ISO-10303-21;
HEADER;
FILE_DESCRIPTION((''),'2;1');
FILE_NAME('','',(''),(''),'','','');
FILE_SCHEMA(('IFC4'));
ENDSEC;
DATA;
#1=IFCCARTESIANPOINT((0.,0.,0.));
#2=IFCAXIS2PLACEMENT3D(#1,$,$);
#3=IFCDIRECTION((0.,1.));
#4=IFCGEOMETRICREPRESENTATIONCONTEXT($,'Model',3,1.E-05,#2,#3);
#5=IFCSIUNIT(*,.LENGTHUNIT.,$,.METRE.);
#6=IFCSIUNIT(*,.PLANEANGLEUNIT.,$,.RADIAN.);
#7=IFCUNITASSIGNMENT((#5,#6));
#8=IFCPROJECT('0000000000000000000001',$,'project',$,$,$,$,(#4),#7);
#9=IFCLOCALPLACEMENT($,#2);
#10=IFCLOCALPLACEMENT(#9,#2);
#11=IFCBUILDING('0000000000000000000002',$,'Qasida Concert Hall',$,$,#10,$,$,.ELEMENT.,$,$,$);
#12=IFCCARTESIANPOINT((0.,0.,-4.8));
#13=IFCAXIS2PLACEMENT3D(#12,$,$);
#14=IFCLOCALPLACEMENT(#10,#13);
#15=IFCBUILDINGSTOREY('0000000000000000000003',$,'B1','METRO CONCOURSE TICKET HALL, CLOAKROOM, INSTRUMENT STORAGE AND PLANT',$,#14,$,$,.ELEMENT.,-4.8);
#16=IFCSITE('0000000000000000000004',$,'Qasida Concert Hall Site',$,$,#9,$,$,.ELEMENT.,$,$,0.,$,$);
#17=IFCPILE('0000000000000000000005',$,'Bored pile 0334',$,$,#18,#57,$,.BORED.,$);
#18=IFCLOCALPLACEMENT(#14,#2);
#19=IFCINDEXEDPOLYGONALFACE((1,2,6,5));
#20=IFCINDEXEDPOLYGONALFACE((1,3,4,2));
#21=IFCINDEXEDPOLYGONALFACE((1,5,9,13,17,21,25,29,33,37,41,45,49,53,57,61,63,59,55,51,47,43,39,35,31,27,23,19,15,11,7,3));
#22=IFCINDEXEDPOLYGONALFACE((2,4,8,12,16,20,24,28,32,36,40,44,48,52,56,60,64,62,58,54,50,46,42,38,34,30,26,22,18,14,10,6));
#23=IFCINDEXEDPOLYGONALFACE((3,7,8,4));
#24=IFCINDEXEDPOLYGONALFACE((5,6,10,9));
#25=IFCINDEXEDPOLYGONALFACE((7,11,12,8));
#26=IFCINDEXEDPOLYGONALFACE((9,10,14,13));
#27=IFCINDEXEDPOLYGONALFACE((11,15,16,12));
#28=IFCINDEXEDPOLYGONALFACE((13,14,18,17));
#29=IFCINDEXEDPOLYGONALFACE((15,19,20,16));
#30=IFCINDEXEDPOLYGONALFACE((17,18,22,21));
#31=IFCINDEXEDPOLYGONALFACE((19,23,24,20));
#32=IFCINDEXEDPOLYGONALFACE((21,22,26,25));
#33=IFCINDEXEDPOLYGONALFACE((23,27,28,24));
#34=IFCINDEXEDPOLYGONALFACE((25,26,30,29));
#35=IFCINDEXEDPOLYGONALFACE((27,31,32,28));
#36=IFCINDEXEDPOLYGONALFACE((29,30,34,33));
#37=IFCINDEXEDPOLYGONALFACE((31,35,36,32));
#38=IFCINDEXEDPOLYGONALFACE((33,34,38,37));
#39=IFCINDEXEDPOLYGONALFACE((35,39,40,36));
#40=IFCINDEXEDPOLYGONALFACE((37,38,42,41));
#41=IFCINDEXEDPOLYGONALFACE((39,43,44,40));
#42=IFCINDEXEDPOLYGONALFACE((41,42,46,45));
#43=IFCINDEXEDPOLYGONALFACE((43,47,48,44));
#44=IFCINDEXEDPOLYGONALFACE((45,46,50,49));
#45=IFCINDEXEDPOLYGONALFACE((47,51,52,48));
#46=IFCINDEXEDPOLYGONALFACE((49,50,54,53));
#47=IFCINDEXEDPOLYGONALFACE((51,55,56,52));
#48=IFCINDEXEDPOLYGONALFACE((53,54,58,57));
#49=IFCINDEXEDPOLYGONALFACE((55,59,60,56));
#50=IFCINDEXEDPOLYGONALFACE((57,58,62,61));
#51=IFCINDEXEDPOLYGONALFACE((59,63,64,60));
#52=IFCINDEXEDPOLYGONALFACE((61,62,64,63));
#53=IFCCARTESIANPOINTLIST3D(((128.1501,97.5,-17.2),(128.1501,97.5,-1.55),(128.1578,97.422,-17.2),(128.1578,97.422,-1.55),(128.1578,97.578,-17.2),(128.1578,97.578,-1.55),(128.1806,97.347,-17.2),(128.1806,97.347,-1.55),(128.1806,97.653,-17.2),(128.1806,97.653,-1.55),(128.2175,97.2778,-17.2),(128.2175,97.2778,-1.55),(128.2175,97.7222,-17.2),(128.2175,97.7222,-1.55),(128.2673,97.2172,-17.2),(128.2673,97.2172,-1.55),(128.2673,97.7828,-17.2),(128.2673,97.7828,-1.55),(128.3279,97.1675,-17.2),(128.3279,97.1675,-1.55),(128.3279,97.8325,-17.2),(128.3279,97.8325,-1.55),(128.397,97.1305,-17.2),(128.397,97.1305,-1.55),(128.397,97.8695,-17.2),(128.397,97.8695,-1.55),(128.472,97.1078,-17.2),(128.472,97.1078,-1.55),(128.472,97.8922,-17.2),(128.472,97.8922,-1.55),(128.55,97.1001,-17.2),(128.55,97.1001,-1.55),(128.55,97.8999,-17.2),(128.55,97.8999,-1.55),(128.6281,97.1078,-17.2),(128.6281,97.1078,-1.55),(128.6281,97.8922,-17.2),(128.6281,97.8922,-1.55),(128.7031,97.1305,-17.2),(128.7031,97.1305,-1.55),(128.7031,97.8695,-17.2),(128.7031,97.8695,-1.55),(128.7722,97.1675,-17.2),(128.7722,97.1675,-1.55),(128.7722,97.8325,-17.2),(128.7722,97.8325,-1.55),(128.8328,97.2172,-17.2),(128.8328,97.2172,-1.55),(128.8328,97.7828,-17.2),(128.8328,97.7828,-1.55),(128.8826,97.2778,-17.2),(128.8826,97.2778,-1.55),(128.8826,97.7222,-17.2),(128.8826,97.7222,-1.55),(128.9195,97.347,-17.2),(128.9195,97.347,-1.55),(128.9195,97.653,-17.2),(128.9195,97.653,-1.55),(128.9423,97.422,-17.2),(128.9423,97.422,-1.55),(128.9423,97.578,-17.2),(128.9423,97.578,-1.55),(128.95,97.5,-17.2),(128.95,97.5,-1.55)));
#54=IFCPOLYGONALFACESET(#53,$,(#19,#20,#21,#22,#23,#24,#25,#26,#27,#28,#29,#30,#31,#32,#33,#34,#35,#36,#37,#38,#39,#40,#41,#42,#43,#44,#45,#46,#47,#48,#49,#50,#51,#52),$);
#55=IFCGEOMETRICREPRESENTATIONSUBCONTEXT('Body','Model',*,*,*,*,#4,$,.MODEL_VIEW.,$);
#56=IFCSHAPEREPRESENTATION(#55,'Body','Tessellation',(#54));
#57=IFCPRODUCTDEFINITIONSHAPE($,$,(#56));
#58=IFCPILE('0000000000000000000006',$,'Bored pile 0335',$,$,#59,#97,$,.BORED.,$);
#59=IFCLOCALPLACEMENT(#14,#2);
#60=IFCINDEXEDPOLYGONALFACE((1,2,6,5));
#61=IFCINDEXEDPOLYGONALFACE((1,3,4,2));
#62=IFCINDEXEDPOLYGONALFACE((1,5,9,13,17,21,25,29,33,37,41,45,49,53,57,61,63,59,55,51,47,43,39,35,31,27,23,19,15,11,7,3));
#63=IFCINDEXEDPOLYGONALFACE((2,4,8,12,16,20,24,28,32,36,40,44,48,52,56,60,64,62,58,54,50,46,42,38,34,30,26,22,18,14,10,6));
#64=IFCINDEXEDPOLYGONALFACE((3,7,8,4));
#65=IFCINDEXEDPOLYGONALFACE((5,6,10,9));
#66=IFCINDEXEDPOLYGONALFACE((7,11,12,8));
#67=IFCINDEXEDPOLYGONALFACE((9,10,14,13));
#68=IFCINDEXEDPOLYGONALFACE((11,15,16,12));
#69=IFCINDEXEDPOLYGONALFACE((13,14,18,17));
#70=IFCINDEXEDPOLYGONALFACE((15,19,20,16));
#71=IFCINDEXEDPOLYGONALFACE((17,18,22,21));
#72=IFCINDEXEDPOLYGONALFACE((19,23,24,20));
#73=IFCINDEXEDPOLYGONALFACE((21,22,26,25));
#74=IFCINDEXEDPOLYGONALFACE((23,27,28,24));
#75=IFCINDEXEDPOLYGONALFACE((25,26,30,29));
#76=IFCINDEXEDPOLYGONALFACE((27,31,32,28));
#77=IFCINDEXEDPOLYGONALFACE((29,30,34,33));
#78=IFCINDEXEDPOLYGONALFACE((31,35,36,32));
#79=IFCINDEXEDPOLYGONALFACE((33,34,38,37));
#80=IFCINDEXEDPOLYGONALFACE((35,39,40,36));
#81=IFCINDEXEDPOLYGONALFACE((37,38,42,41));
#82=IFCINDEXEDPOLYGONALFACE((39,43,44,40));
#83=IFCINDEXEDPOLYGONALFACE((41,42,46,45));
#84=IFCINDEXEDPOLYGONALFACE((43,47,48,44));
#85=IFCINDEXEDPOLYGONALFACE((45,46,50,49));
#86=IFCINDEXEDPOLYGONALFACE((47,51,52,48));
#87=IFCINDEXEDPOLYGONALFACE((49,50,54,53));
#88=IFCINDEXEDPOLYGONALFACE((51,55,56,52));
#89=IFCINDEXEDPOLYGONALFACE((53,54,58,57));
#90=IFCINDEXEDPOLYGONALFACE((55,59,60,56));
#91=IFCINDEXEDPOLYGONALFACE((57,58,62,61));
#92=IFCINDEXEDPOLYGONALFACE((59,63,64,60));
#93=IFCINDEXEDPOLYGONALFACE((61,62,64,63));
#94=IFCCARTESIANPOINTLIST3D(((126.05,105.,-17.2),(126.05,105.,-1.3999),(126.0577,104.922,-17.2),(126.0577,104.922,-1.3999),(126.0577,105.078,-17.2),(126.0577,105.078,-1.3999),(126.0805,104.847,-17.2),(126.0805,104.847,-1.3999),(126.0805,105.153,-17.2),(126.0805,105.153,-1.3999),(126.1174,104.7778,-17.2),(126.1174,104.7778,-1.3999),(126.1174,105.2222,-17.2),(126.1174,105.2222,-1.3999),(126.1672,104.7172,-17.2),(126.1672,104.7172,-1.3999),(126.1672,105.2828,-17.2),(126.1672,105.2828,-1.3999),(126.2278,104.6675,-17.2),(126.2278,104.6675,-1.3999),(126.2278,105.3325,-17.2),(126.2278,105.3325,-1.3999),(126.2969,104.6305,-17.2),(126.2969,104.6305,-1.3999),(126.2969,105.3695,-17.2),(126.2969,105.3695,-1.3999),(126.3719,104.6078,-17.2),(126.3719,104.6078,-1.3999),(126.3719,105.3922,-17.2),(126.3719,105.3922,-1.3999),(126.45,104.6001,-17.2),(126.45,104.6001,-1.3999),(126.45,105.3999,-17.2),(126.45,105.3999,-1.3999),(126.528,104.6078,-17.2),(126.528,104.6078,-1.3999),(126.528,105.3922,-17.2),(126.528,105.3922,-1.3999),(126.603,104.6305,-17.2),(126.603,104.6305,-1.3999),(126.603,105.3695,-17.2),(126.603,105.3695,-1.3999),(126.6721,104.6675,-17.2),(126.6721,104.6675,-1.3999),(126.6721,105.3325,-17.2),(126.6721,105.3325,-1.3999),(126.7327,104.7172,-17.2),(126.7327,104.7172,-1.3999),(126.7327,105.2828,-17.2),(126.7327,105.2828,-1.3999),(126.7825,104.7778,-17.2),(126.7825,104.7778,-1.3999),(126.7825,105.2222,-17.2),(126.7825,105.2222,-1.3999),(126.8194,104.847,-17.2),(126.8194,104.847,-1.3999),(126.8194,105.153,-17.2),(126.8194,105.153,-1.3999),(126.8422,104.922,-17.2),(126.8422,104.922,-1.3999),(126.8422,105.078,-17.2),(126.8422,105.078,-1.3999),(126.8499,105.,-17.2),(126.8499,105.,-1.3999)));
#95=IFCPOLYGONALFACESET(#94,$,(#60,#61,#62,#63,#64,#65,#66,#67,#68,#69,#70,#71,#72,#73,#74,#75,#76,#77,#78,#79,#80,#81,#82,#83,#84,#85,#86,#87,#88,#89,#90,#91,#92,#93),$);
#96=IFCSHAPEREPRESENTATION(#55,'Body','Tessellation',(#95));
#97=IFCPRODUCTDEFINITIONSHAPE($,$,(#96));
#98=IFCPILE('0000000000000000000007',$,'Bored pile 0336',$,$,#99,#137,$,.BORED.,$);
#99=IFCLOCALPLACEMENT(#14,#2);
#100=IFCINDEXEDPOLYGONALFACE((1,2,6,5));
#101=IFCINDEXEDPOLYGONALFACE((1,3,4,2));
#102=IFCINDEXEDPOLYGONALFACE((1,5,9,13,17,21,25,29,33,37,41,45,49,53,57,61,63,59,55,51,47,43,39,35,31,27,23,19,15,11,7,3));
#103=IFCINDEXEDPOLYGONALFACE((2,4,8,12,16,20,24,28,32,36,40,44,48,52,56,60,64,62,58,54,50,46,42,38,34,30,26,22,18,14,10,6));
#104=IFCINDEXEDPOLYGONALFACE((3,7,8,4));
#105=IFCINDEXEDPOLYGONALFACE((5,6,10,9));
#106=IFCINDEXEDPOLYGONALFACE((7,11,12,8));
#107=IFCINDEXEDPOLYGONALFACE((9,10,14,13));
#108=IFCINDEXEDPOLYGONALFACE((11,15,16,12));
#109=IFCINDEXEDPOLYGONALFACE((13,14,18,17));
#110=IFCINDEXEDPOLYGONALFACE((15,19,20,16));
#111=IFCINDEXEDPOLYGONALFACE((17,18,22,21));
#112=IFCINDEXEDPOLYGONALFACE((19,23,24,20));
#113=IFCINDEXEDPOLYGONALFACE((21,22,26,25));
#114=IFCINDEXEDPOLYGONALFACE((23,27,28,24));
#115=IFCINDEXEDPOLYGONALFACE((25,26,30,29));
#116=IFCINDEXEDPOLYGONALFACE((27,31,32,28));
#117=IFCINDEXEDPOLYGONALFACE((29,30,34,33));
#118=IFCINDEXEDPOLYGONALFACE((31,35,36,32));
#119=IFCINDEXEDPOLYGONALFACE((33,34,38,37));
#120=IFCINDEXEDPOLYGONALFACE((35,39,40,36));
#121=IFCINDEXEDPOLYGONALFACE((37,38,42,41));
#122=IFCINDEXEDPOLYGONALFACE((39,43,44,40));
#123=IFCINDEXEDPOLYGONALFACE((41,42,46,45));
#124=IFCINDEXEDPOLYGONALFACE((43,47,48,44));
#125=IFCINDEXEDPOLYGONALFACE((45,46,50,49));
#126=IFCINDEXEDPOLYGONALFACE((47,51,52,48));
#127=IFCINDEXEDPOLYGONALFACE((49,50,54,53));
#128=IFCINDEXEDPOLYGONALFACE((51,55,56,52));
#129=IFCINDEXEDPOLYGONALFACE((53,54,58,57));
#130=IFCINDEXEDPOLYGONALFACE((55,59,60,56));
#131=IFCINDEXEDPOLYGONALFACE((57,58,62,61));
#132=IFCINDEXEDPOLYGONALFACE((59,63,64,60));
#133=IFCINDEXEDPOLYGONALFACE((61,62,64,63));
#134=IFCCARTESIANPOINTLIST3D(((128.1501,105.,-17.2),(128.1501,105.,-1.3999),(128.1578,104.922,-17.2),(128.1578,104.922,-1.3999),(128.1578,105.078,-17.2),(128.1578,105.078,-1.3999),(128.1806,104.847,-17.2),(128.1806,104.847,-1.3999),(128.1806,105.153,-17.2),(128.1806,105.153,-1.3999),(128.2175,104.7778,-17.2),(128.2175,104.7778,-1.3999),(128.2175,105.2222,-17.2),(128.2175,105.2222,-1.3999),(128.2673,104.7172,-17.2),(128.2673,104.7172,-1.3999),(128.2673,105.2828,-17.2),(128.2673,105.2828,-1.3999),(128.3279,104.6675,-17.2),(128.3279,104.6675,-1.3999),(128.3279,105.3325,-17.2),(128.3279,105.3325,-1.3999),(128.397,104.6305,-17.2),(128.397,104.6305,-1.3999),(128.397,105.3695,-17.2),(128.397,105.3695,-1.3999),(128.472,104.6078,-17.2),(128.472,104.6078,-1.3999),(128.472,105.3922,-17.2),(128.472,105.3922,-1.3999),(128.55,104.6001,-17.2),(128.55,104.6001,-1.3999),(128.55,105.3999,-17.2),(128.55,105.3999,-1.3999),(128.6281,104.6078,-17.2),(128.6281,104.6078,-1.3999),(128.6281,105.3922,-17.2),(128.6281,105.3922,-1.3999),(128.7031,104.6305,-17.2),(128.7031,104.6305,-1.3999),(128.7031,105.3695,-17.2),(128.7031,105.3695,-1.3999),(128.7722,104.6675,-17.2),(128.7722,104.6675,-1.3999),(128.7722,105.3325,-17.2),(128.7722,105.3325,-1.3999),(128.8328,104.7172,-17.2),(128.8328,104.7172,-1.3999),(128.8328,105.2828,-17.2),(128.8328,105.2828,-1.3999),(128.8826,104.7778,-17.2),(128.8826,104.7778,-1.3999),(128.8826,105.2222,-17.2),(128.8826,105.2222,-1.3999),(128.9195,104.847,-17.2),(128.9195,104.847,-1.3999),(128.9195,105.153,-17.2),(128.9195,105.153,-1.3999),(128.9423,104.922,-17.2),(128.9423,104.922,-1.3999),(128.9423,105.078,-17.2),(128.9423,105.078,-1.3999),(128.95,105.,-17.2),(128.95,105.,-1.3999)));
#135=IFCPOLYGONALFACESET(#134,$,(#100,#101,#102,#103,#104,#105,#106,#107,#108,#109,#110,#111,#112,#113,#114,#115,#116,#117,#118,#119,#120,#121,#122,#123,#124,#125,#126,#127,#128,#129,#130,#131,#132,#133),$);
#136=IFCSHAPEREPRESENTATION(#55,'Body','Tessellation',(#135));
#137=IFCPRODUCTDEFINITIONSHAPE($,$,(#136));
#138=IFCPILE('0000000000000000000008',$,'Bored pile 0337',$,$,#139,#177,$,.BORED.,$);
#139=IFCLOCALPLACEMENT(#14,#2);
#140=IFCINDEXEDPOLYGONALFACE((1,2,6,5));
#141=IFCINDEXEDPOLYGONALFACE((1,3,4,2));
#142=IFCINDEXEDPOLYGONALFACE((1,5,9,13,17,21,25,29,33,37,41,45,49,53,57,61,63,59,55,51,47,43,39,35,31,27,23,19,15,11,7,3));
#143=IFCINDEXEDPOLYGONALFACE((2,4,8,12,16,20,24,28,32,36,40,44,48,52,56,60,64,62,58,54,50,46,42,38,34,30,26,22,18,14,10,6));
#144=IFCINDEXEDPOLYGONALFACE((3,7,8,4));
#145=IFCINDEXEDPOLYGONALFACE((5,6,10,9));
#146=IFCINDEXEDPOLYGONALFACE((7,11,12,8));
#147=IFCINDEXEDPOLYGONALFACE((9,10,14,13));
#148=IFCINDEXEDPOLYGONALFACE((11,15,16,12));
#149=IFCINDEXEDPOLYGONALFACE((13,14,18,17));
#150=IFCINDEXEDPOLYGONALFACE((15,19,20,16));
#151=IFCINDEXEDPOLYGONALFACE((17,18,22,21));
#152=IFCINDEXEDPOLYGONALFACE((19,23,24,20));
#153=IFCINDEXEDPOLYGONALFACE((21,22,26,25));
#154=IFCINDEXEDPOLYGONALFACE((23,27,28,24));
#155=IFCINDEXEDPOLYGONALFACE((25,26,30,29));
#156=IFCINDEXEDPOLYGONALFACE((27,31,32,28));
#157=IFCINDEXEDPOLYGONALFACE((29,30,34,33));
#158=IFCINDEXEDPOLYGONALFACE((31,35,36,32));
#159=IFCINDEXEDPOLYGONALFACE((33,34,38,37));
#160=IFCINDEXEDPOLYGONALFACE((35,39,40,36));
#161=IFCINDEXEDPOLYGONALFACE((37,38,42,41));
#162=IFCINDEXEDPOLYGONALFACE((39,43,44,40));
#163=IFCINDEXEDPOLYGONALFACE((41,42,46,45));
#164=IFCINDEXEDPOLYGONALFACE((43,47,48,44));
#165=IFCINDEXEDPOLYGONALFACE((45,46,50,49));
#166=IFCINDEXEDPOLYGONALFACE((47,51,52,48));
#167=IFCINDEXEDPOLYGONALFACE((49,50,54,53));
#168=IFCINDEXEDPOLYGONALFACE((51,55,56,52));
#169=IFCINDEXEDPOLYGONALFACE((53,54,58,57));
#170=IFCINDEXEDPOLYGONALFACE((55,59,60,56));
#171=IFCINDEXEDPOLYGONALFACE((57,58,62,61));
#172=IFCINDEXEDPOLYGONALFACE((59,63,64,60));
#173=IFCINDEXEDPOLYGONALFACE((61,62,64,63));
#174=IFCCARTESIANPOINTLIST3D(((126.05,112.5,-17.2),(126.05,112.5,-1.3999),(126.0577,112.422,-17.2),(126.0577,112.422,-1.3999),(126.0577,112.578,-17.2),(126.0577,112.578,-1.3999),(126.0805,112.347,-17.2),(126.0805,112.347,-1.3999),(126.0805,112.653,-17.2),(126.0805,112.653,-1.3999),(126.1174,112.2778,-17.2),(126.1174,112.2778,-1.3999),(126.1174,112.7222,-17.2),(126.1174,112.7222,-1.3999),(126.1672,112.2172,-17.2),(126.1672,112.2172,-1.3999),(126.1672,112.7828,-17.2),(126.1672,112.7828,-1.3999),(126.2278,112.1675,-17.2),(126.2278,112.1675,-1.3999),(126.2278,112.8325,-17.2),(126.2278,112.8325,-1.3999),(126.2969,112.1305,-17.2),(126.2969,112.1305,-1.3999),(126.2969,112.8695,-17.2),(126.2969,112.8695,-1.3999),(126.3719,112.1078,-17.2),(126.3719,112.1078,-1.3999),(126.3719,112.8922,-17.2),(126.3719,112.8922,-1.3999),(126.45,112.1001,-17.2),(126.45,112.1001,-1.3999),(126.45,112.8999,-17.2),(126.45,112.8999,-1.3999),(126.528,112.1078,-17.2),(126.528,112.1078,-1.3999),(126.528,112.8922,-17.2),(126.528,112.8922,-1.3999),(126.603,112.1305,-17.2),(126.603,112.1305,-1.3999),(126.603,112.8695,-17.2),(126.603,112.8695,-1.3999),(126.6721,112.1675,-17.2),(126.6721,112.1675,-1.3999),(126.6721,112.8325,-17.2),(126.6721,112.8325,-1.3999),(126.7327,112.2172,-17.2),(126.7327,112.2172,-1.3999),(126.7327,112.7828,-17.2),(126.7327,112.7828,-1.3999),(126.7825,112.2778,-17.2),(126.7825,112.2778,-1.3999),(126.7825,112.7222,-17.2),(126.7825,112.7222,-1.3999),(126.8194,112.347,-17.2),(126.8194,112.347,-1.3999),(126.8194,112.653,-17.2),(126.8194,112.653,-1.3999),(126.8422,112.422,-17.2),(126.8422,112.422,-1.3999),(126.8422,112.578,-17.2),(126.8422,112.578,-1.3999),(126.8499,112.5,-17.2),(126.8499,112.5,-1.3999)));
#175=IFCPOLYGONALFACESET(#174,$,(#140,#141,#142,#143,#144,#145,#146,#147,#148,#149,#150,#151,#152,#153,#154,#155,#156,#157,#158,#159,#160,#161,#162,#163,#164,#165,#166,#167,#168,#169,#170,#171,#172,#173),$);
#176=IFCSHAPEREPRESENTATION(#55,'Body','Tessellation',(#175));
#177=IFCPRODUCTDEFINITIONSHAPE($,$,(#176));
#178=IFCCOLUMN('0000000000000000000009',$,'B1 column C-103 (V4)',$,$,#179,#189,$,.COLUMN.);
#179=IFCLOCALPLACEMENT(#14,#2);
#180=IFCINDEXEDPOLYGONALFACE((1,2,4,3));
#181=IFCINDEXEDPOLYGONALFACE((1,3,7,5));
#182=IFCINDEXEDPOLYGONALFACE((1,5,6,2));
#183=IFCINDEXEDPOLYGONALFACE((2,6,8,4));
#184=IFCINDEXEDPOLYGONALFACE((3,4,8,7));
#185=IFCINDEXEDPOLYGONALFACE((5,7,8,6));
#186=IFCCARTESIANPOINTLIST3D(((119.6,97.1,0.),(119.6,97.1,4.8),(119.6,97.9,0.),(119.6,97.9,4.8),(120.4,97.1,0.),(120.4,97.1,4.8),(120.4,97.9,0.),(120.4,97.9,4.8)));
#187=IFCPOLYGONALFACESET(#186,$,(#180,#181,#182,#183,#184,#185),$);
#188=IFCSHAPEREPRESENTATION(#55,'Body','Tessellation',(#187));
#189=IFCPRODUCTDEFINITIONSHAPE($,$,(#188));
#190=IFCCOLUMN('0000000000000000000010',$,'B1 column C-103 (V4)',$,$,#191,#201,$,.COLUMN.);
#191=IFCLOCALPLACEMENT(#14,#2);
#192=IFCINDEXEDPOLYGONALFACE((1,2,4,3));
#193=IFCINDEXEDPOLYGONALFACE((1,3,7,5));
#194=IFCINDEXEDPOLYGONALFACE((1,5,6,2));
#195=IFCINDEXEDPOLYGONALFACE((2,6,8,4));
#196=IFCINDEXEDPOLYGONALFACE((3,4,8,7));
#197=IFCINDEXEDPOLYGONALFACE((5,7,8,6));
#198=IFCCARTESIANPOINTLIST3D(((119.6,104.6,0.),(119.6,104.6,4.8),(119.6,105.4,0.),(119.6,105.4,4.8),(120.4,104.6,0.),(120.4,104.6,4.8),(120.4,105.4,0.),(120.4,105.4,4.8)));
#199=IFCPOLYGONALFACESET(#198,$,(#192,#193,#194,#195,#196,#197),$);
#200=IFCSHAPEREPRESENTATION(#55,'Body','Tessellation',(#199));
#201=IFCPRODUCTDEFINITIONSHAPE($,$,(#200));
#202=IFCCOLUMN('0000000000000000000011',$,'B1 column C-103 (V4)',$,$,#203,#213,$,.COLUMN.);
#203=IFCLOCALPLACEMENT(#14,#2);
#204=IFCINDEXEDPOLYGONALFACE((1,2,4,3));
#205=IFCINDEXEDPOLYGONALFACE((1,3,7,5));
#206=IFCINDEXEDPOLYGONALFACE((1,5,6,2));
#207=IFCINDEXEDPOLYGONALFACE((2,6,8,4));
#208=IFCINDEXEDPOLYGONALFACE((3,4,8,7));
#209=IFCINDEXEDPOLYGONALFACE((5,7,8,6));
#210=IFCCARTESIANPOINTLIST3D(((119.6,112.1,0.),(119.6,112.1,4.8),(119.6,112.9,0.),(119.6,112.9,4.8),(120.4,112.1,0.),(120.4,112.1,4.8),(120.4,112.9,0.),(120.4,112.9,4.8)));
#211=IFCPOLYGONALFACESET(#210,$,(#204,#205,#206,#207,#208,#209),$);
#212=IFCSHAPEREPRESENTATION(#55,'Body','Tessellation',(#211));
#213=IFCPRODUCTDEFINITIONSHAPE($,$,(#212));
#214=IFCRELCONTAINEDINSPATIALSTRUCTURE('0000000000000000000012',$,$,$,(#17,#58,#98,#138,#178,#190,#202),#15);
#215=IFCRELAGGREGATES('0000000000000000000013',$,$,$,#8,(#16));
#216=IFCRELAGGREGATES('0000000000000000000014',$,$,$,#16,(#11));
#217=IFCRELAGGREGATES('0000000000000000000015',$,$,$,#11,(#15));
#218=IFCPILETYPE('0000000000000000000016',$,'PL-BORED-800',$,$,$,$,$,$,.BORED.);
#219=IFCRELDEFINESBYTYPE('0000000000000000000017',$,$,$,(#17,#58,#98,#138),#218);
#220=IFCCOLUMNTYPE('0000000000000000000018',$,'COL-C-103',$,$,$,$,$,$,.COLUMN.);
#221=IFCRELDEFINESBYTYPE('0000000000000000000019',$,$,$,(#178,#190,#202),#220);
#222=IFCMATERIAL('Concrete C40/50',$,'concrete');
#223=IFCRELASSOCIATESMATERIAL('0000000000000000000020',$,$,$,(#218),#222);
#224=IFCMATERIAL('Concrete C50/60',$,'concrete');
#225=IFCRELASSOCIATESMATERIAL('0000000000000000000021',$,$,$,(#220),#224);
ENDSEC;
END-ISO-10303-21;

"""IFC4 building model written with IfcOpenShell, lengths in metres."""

from ifc_helpers import new_model, si_unit, direction, frame, origin, origin_2d, place, context, subcontext, project, spatial, rectangle, circle, extrude, material, material_profile, profile_set, type_object, element, save


model = new_model("IFC4")

# Units and contexts
model_context = context("Model", 3, precision=1e-05, world=origin(), true_north=direction((0.0, 1.0)))
body_context = subcontext(model_context, "Body", "Model", "MODEL_VIEW")
ifc_project = project(units=[si_unit("LENGTHUNIT", "METRE"), si_unit("PLANEANGLEUNIT", "RADIAN")], contexts=[model_context])

# Site, building, storey
site_placement = place(None, origin())
site = spatial("IfcSite", under=ifc_project, at=site_placement, Name="Qasida Concert Hall Site", CompositionType="ELEMENT", RefElevation=0.0)
building_placement = place(site_placement, origin())
building = spatial("IfcBuilding", under=site, at=building_placement, Name="Qasida Concert Hall", CompositionType="ELEMENT")
storey_placement = place(building_placement, frame((0.0, 0.0, -4.8)))
storey = spatial("IfcBuildingStorey", under=building, at=storey_placement, Name="B1", Description="METRO CONCOURSE TICKET HALL, CLOAKROOM, INSTRUMENT STORAGE AND PLANT", CompositionType="ELEMENT", Elevation=-4.8)

# Shared definitions
ifc_material_1 = material(Name="Concrete C40/50", Category="concrete")

# Piles
ifc_material_profile_1 = material_profile(ifc_material_1, circle(Radius=0.3999, at=origin_2d()), Name="BORED PILE D800")
ifc_profile_set_1 = profile_set([ifc_material_profile_1], Name="Concrete C40/50")
pile_type = type_object("IfcPileType", Name="PL-BORED-800", PredefinedType="BORED", material=ifc_profile_set_1)
for number, where, z_axis, x_axis, name in (
    (1, (128.55, 97.5, -1.55), (0.0, 0.0, -1.0), (1.0, 0.0, 0.0), "Bored pile 0334"),
):
    element("IfcPile", number, at=place(storey_placement, frame(where, z_axis=z_axis, x_axis=x_axis)), inside=storey, type_object=pile_type, Name=name, PredefinedType="BORED", context=body_context, shape_type="SweptSolid", body=[
        extrude(circle(Radius=0.3999, at=origin_2d()), origin(), (0.0, 0.0, 1.0), 15.6499),
    ])
for number, where, z_axis, x_axis, name in (
    (2, (126.45, 105.0, -1.3999), (0.0, 0.0, -1.0), (1.0, 0.0, 0.0), "Bored pile 0335"),
    (3, (128.55, 105.0, -1.3999), (0.0, 0.0, -1.0), (1.0, 0.0, 0.0), "Bored pile 0336"),
    (4, (126.45, 112.5, -1.3999), (0.0, 0.0, -1.0), (1.0, 0.0, 0.0), "Bored pile 0337"),
):
    element("IfcPile", number, at=place(storey_placement, frame(where, z_axis=z_axis, x_axis=x_axis)), inside=storey, type_object=pile_type, Name=name, PredefinedType="BORED", context=body_context, shape_type="SweptSolid", body=[
        extrude(circle(Radius=0.3999, at=origin_2d()), origin(), (0.0, 0.0, 1.0), 15.8),
    ])

# Columns
ifc_material_2 = material(Name="Concrete C50/60", Category="concrete")
ifc_material_profile_2 = material_profile(ifc_material_2, rectangle(XDim=0.8, YDim=0.8, at=origin_2d()), Name="RC 800x800")
ifc_profile_set_2 = profile_set([ifc_material_profile_2], Name="Concrete C50/60")
column_type = type_object("IfcColumnType", Name="COL-C-103", PredefinedType="COLUMN", material=ifc_profile_set_2)
for number, where, z_axis, x_axis, name in (
    (5, (120.0, 97.5, 0.0), (0.0, 0.0, 1.0), (1.0, 0.0, 0.0), "B1 column C-103 (V4)"),
    (6, (120.0, 105.0, 0.0), (0.0, 0.0, 1.0), (1.0, 0.0, 0.0), "B1 column C-103 (V4)"),
    (7, (120.0, 112.5, 0.0), (0.0, 0.0, 1.0), (1.0, 0.0, 0.0), "B1 column C-103 (V4)"),
):
    element("IfcColumn", number, at=place(storey_placement, frame(where, z_axis=z_axis, x_axis=x_axis)), inside=storey, type_object=column_type, Name=name, PredefinedType="COLUMN", context=body_context, shape_type="SweptSolid", body=[
        extrude(rectangle(XDim=0.8, YDim=0.8, at=origin_2d()), origin(), (0.0, 0.0, 1.0), 4.8),
    ])

save(model, "model.ifc")
